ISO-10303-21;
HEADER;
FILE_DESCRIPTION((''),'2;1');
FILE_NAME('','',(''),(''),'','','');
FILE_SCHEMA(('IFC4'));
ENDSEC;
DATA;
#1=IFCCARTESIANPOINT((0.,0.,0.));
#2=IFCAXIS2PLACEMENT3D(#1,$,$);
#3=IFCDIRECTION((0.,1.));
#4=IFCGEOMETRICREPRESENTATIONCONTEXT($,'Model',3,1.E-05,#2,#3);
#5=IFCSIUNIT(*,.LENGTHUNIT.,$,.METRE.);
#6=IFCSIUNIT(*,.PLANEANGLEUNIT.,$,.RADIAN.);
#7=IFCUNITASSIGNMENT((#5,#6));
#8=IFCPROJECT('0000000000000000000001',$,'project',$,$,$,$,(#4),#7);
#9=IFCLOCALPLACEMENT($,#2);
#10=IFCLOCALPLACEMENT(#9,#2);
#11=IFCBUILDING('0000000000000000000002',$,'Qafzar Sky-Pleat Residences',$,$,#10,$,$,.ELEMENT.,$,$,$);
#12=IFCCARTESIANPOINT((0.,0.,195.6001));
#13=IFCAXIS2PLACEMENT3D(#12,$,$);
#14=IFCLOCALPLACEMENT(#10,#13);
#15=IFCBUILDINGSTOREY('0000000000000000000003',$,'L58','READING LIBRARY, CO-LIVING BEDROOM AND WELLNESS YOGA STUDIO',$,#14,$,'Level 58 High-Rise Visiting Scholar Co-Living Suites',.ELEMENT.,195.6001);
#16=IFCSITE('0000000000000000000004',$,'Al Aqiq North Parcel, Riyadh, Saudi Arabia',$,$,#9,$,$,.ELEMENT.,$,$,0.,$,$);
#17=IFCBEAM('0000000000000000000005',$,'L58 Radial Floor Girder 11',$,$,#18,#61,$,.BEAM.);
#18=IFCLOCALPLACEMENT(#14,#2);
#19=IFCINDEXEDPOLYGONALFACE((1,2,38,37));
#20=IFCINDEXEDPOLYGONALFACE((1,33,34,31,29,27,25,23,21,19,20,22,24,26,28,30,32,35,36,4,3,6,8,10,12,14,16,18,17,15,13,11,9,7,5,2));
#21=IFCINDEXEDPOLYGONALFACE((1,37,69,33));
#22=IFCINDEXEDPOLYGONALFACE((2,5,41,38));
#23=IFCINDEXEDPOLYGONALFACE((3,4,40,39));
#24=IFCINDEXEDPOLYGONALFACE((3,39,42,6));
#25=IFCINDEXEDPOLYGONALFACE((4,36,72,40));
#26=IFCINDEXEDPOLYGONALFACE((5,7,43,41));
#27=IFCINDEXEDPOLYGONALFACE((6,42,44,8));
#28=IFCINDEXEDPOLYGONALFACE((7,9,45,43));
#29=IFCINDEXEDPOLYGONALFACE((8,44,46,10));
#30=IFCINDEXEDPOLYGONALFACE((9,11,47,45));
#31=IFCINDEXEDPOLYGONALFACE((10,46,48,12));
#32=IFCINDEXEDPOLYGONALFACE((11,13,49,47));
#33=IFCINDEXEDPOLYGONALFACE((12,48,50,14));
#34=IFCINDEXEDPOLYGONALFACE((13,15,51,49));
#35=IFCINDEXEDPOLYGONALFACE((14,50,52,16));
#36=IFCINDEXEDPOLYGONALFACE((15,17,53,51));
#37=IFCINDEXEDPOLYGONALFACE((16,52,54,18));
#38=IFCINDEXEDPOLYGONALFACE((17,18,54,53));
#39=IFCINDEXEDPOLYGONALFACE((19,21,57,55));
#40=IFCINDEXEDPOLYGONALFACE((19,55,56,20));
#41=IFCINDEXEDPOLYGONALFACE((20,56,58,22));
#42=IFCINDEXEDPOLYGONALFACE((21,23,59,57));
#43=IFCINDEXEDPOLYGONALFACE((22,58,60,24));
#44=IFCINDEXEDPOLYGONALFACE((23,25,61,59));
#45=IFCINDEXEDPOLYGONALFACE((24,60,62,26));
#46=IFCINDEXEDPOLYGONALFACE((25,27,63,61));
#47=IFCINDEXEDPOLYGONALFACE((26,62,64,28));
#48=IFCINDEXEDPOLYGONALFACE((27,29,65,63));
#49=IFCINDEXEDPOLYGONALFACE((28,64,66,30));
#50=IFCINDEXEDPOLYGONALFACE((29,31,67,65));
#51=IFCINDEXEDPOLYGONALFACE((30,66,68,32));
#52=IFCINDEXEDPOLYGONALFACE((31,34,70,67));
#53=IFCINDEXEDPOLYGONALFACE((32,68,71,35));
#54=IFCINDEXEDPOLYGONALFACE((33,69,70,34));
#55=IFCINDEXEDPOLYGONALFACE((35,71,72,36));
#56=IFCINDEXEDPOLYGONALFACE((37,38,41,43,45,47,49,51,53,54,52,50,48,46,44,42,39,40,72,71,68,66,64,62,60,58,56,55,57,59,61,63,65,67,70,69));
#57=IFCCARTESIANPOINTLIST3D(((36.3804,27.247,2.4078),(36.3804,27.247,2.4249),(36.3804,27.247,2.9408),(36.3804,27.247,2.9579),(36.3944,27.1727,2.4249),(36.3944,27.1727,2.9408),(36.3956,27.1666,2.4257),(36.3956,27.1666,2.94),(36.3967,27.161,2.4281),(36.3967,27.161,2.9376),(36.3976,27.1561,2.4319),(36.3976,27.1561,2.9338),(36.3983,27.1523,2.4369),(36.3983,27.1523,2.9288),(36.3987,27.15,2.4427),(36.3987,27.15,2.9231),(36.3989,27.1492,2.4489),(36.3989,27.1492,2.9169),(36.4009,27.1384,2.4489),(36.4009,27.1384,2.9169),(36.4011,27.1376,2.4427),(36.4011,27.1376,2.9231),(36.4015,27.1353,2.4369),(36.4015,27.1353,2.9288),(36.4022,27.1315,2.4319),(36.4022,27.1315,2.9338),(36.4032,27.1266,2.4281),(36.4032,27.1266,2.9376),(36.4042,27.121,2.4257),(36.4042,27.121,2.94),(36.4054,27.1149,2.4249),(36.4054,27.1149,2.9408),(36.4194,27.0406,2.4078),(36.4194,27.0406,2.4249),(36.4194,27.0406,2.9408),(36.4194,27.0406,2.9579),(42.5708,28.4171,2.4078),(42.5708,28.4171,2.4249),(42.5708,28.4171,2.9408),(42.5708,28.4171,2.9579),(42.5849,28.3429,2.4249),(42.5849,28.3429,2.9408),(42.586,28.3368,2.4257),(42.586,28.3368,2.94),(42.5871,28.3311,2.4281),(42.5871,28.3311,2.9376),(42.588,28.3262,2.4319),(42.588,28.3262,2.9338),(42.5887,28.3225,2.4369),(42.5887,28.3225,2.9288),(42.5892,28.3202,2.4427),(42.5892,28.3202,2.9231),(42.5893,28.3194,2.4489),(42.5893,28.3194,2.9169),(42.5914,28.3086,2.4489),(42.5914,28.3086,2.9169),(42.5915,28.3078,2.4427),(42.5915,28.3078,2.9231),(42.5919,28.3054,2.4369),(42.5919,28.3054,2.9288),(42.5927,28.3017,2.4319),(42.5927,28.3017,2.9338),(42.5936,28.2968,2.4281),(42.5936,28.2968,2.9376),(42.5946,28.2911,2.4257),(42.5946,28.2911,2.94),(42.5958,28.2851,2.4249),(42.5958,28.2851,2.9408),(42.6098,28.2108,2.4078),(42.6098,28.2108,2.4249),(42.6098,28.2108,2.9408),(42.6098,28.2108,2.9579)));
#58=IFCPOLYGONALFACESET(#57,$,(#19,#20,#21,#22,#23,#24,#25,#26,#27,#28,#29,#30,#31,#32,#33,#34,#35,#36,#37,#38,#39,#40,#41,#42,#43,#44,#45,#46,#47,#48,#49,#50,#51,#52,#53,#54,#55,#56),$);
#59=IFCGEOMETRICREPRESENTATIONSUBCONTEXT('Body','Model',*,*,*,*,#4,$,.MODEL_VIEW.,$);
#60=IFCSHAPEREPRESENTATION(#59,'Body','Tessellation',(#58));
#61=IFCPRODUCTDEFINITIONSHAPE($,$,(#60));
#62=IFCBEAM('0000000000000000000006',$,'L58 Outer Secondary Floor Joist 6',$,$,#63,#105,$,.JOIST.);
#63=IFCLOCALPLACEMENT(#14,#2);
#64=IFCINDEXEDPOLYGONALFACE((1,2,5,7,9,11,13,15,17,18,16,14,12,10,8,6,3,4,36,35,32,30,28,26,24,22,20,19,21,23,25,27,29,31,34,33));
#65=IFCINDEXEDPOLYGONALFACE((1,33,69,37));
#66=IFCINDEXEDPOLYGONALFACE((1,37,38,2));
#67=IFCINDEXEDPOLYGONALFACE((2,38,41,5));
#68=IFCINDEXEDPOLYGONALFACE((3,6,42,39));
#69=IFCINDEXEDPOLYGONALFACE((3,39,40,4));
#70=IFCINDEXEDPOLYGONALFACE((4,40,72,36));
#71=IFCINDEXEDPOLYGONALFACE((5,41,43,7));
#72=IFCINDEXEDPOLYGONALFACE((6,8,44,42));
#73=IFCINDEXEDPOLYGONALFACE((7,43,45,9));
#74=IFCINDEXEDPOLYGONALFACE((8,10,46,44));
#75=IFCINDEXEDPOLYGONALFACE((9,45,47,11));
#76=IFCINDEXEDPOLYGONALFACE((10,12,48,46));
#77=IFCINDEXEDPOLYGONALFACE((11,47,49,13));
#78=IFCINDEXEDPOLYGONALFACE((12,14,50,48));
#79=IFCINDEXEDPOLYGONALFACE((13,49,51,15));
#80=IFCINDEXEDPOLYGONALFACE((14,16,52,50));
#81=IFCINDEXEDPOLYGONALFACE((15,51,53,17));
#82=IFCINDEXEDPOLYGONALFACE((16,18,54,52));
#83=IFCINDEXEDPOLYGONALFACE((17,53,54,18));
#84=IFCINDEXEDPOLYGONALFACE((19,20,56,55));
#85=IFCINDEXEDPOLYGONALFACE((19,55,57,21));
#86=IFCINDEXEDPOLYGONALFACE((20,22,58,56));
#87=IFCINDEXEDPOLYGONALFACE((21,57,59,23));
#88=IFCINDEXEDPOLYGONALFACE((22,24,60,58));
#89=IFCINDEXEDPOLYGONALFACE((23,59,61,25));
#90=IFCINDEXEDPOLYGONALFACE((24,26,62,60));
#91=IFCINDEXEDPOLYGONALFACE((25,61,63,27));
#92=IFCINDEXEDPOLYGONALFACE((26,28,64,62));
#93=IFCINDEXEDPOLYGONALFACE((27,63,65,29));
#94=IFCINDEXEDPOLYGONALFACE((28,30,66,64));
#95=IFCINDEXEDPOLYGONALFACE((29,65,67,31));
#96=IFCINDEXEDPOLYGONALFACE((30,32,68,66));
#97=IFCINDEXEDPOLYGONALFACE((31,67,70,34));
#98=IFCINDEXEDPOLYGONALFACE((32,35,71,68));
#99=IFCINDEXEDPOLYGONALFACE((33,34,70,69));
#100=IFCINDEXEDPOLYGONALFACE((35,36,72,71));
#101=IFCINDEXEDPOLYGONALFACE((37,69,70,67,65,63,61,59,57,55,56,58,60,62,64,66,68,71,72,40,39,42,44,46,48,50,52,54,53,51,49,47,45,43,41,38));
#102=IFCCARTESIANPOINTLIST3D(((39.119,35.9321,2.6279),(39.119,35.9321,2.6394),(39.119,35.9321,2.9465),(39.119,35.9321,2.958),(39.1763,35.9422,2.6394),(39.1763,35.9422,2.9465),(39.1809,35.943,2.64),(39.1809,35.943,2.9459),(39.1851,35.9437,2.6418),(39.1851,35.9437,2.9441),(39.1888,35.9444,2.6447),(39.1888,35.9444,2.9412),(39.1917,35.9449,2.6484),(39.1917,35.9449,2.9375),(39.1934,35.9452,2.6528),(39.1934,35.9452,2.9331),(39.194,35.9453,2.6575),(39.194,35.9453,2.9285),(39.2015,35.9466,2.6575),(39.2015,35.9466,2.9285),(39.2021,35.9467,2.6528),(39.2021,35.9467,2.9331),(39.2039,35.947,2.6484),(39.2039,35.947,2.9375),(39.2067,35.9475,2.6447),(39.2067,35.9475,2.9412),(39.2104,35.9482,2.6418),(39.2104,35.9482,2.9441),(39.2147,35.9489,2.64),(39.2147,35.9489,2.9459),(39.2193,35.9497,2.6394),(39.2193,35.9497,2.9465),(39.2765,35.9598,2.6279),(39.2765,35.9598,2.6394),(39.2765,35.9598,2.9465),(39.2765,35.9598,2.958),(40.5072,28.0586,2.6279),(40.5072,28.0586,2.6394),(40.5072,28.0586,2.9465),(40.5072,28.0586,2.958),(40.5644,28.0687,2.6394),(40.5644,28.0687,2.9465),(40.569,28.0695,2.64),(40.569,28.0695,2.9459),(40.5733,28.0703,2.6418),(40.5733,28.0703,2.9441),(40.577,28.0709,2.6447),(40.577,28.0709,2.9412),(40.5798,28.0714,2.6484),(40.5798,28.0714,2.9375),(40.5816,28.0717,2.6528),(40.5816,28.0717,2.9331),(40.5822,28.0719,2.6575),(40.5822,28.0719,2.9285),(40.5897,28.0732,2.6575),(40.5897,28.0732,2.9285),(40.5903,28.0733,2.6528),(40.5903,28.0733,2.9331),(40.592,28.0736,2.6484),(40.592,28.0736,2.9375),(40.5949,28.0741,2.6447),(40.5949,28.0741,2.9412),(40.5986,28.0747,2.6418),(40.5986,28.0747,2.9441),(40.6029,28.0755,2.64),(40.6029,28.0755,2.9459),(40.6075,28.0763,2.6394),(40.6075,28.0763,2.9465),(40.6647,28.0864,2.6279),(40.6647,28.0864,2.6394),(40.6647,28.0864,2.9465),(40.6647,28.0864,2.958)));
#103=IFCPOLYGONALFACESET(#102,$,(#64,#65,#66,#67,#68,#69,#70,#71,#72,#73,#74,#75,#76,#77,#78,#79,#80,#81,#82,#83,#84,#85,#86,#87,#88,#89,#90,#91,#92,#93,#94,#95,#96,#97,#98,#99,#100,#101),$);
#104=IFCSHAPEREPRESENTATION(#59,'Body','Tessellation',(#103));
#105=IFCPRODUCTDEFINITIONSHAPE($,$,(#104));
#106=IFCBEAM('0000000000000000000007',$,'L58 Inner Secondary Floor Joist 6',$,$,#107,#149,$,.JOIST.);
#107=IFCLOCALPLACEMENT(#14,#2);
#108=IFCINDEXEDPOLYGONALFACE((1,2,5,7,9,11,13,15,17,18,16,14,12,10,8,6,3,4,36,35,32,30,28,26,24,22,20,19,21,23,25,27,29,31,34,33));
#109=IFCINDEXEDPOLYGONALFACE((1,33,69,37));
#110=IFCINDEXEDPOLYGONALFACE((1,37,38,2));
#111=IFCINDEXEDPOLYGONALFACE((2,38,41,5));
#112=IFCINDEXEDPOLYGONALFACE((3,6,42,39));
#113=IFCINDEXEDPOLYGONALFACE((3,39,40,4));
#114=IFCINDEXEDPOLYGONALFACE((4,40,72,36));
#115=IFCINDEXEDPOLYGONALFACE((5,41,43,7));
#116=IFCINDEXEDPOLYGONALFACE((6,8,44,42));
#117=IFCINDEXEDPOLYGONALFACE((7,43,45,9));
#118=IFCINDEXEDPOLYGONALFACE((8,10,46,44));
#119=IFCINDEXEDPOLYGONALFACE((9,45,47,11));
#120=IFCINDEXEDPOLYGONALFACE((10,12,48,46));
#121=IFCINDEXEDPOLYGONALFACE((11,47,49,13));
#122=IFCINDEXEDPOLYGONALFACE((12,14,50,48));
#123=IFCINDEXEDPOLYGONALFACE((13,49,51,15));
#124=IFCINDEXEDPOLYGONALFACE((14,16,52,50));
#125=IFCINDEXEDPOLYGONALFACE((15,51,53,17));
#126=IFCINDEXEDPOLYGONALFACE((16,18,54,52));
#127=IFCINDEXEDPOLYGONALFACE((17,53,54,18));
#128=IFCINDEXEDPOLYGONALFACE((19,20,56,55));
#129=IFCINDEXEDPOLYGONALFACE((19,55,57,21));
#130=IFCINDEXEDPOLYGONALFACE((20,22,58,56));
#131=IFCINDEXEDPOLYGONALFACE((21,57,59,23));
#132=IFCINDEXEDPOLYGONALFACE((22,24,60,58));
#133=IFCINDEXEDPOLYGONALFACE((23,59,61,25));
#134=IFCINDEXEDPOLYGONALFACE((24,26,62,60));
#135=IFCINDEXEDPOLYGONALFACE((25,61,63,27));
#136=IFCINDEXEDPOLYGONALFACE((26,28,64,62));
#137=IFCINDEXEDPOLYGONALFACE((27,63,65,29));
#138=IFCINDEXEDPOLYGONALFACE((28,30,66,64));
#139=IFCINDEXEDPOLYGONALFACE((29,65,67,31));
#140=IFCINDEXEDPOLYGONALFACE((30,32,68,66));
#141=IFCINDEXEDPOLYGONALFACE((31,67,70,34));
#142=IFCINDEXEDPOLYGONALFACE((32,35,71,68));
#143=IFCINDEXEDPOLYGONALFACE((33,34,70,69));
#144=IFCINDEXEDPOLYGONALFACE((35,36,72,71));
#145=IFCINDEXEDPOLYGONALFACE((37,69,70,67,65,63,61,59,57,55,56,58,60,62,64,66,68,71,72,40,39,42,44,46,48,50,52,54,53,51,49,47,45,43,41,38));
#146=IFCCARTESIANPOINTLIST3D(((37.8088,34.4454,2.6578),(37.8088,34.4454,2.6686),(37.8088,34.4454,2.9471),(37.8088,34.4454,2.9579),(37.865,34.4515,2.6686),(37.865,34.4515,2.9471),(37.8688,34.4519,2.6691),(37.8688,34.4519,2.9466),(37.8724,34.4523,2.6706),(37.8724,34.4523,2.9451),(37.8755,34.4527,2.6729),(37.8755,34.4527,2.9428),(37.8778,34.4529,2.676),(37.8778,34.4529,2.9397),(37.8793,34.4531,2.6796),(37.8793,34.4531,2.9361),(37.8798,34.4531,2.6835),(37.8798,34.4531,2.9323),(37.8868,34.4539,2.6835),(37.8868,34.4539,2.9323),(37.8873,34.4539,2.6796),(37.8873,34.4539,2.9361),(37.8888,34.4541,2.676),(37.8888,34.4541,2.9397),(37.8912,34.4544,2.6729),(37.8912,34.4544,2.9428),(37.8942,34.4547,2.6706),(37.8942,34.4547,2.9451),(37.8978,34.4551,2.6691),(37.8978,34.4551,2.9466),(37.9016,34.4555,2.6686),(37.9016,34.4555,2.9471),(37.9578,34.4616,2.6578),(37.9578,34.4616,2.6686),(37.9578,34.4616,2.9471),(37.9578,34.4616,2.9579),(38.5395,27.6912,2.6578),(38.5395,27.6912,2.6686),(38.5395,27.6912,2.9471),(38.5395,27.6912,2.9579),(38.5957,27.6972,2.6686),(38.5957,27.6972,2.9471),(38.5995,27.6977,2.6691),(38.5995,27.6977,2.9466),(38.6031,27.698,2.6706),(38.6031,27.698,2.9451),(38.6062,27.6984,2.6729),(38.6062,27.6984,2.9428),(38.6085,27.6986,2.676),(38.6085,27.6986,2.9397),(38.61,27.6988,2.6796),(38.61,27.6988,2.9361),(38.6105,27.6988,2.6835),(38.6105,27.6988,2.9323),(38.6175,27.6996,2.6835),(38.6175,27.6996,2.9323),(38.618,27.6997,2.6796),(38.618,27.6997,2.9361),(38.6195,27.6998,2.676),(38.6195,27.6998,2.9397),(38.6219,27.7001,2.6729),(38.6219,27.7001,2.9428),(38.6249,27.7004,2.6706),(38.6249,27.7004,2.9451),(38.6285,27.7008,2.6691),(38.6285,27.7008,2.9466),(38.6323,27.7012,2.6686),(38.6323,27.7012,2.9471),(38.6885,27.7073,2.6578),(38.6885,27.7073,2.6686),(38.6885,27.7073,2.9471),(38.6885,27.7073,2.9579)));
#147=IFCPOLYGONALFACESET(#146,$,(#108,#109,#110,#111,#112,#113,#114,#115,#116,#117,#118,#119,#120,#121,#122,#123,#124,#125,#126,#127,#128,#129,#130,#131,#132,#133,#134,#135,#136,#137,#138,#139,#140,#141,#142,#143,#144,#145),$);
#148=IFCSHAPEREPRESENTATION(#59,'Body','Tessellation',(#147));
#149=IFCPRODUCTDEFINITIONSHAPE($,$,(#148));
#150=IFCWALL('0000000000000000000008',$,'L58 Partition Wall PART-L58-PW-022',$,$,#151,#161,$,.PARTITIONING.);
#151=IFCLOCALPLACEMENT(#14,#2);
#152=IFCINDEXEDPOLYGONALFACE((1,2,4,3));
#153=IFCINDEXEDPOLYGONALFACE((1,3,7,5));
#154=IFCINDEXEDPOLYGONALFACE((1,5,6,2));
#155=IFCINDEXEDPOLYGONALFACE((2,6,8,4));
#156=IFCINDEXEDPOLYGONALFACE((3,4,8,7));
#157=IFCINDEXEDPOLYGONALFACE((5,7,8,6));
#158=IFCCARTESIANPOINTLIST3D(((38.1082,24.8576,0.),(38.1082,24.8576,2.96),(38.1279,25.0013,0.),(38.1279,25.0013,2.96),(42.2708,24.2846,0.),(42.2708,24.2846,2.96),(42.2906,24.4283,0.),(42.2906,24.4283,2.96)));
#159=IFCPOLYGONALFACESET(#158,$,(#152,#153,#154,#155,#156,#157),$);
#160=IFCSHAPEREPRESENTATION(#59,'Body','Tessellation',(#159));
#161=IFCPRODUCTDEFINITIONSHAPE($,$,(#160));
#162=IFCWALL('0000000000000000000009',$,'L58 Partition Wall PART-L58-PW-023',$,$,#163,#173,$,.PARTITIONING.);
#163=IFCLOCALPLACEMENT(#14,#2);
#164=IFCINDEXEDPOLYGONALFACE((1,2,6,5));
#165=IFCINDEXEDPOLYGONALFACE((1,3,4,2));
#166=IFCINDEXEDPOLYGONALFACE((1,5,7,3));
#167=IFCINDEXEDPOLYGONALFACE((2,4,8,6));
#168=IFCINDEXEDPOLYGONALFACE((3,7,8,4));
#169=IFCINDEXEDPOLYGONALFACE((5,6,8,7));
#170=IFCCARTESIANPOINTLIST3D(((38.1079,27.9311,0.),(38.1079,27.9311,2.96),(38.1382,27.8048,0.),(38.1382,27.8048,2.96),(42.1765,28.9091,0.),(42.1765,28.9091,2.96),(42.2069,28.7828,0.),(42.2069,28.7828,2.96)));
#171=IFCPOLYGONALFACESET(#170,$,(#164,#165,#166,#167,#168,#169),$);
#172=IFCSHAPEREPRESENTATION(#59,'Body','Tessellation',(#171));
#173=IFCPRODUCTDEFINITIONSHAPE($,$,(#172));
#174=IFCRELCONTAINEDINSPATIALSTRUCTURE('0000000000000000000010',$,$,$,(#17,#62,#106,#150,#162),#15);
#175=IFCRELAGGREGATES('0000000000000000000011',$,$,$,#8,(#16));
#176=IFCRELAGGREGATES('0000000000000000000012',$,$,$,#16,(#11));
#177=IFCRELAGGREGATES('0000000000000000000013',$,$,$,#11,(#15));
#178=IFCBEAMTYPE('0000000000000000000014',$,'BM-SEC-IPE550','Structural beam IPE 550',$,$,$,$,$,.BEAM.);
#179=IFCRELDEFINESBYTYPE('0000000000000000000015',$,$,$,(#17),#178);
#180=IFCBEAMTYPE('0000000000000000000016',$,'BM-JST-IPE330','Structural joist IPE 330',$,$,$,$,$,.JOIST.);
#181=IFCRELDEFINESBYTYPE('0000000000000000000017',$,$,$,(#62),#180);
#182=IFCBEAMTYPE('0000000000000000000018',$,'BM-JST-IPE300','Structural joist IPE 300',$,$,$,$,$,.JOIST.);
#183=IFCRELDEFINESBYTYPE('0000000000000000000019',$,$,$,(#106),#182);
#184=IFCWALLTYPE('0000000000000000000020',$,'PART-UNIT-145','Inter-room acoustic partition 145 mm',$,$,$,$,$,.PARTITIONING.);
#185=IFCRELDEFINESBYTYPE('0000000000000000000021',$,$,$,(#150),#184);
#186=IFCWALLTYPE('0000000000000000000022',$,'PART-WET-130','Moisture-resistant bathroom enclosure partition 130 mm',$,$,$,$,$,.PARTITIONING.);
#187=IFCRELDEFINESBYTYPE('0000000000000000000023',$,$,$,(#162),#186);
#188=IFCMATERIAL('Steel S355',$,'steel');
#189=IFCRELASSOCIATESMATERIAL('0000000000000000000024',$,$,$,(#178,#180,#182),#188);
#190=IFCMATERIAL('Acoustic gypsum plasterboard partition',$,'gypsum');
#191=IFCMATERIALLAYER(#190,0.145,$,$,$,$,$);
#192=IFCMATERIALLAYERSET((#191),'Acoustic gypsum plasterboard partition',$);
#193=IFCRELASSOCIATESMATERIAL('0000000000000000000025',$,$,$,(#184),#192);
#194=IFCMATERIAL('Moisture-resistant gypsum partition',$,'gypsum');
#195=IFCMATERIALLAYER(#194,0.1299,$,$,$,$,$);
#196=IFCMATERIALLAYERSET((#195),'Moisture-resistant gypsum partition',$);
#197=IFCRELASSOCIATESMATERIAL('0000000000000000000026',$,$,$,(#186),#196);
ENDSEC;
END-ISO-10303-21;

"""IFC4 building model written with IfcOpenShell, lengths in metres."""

from ifc_helpers import new_model, si_unit, direction, frame, frame_2d, origin, origin_2d, place, context, subcontext, project, spatial, rectangle, i_section, extrude, source, transform, mapped, material, layer, layer_set, material_profile, profile_set, type_object, element, save


model = new_model("IFC4")

# Units and contexts
model_context = context("Model", 3, precision=1e-05, world=origin(), true_north=direction((0.0, 1.0)))
body_context = subcontext(model_context, "Body", "Model", "MODEL_VIEW")
ifc_project = project(units=[si_unit("LENGTHUNIT", "METRE"), si_unit("PLANEANGLEUNIT", "RADIAN")], contexts=[model_context])

# Site, building, storey
site_placement = place(None, origin())
site = spatial("IfcSite", under=ifc_project, at=site_placement, Name="Al Aqiq North Parcel, Riyadh, Saudi Arabia", CompositionType="ELEMENT", RefElevation=0.0)
building_placement = place(site_placement, origin())
building = spatial("IfcBuilding", under=site, at=building_placement, Name="Qafzar Sky-Pleat Residences", CompositionType="ELEMENT")
storey_placement = place(building_placement, frame((0.0, 0.0, 195.6001)))
storey = spatial("IfcBuildingStorey", under=building, at=storey_placement, Name="L58", Description="READING LIBRARY, CO-LIVING BEDROOM AND WELLNESS YOGA STUDIO", LongName="Level 58 High-Rise Visiting Scholar Co-Living Suites", CompositionType="ELEMENT", Elevation=195.6001)

# Shared definitions
ifc_material_1 = material(Name="Steel S355", Category="steel")

# Beams
ifc_material_profile_1 = material_profile(ifc_material_1, i_section(OverallWidth=0.21, OverallDepth=0.55, WebThickness=0.011, FlangeThickness=0.0171, FilletRadius=0.0239, at=origin_2d()), Name="IPE 550")
ifc_profile_set_1 = profile_set([ifc_material_profile_1], Name="Steel S355")
beam_type_1 = type_object("IfcBeamType", Name="BM-SEC-IPE550", Description="Structural beam IPE 550", PredefinedType="BEAM", material=ifc_profile_set_1)
shared_shape_1 = source(origin(), body_context, "Body", "SweptSolid", [
    extrude(i_section(OverallWidth=0.21, OverallDepth=0.55, WebThickness=0.011, FlangeThickness=0.0171, FilletRadius=0.0239, at=origin_2d()), origin(), (0.0, 0.0, 1.0), 6.3),
])
beam_1_placement = place(storey_placement, frame((42.5903, 28.314, 2.6829), z_axis=(-0.982599, -0.185739, 0.0), x_axis=(0.185739, -0.982599, 0.0)))
element("IfcBeam", 1, at=beam_1_placement, inside=storey, type_object=beam_type_1, Name="L58 Radial Floor Girder 11", PredefinedType="BEAM", context=body_context, shape_type="MappedRepresentation", body=[
    mapped(shared_shape_1, transform((0.0, 0.0, 0.0), x_axis=(1.0, 0.0, 0.0), y_axis=(0.0, 1.0, 0.0), z_axis=(0.0, 0.0, 1.0), scale=1.0)),
])
ifc_material_profile_2 = material_profile(ifc_material_1, i_section(OverallWidth=0.1599, OverallDepth=0.3301, WebThickness=0.0076, FlangeThickness=0.0115, FilletRadius=0.0181, at=origin_2d()), Name="IPE 330")
ifc_profile_set_2 = profile_set([ifc_material_profile_2], Name="Steel S355")
beam_type_2 = type_object("IfcBeamType", Name="BM-JST-IPE330", Description="Structural joist IPE 330", PredefinedType="JOIST", material=ifc_profile_set_2)
shared_shape_2 = source(origin(), body_context, "Body", "SweptSolid", [
    extrude(i_section(OverallWidth=0.1599, OverallDepth=0.3301, WebThickness=0.0076, FlangeThickness=0.0115, FilletRadius=0.0181, at=origin_2d()), origin(), (0.0, 0.0, 1.0), 7.9949),
])
beam_2_placement = place(storey_placement, frame((40.5859, 28.0725, 2.793), z_axis=(-0.173632, 0.984811, 0.0), x_axis=(-0.984811, -0.173632, 0.0)))
element("IfcBeam", 2, at=beam_2_placement, inside=storey, type_object=beam_type_2, Name="L58 Outer Secondary Floor Joist 6", PredefinedType="JOIST", context=body_context, shape_type="MappedRepresentation", body=[
    mapped(shared_shape_2, transform((0.0, 0.0, 0.0), x_axis=(1.0, 0.0, 0.0), y_axis=(0.0, 1.0, 0.0), z_axis=(0.0, 0.0, 1.0), scale=1.0)),
])
ifc_material_profile_3 = material_profile(ifc_material_1, i_section(OverallWidth=0.1499, OverallDepth=0.3, WebThickness=0.0071, FlangeThickness=0.0107, FilletRadius=0.0149, at=origin_2d()), Name="IPE 300")
ifc_profile_set_3 = profile_set([ifc_material_profile_3], Name="Steel S355")
beam_type_3 = type_object("IfcBeamType", Name="BM-JST-IPE300", Description="Structural joist IPE 300", PredefinedType="JOIST", material=ifc_profile_set_3)
shared_shape_3 = source(origin(), body_context, "Body", "SweptSolid", [
    extrude(i_section(OverallWidth=0.1499, OverallDepth=0.3, WebThickness=0.0071, FlangeThickness=0.0107, FilletRadius=0.0149, at=origin_2d()), origin(), (0.0, 0.0, 1.0), 6.7937),
])
beam_3_placement = place(storey_placement, frame((38.614, 27.6992, 2.8079), z_axis=(-0.107556, 0.994199, 0.0), x_axis=(-0.994199, -0.107556, 0.0)))
element("IfcBeam", 3, at=beam_3_placement, inside=storey, type_object=beam_type_3, Name="L58 Inner Secondary Floor Joist 6", PredefinedType="JOIST", context=body_context, shape_type="MappedRepresentation", body=[
    mapped(shared_shape_3, transform((0.0, 0.0, 0.0), x_axis=(1.0, 0.0, 0.0), y_axis=(0.0, 1.0, 0.0), z_axis=(0.0, 0.0, 1.0), scale=1.0)),
])

# Walls
ifc_material_2 = material(Name="Acoustic gypsum plasterboard partition", Category="gypsum")
ifc_layer_1 = layer(ifc_material_2, 0.145)
ifc_layer_set_1 = layer_set([ifc_layer_1], Name="Acoustic gypsum plasterboard partition")
wall_type_1 = type_object("IfcWallType", Name="PART-UNIT-145", Description="Inter-room acoustic partition 145 mm", PredefinedType="PARTITIONING", material=ifc_layer_set_1)
wall_1_placement = place(storey_placement, frame((38.1179, 24.9294, 0.0), z_axis=(0.0, 0.0, 1.0), x_axis=(0.990658, -0.136368, 0.0)))
element("IfcWall", 4, at=wall_1_placement, inside=storey, type_object=wall_type_1, Name="L58 Partition Wall PART-L58-PW-022", PredefinedType="PARTITIONING", context=body_context, shape_type="SweptSolid", body=[
    extrude(rectangle(XDim=4.2019, YDim=0.145, at=frame_2d((2.1011, 0.0))), origin(), (0.0, 0.0, 1.0), 2.96),
])
ifc_material_3 = material(Name="Moisture-resistant gypsum partition", Category="gypsum")
ifc_layer_2 = layer(ifc_material_3, 0.1299)
ifc_layer_set_2 = layer_set([ifc_layer_2], Name="Moisture-resistant gypsum partition")
wall_type_2 = type_object("IfcWallType", Name="PART-WET-130", Description="Moisture-resistant bathroom enclosure partition 130 mm", PredefinedType="PARTITIONING", material=ifc_layer_set_2)
wall_2_placement = place(storey_placement, frame((38.123, 27.8679, 0.0), z_axis=(0.0, 0.0, 1.0), x_axis=(0.972303, 0.233726, 0.0)))
element("IfcWall", 5, at=wall_2_placement, inside=storey, type_object=wall_type_2, Name="L58 Partition Wall PART-L58-PW-023", PredefinedType="PARTITIONING", context=body_context, shape_type="SweptSolid", body=[
    extrude(rectangle(XDim=4.1846, YDim=0.1299, at=frame_2d((2.0923, 0.0))), origin(), (0.0, 0.0, 1.0), 2.96),
])

save(model, "model.ifc")
